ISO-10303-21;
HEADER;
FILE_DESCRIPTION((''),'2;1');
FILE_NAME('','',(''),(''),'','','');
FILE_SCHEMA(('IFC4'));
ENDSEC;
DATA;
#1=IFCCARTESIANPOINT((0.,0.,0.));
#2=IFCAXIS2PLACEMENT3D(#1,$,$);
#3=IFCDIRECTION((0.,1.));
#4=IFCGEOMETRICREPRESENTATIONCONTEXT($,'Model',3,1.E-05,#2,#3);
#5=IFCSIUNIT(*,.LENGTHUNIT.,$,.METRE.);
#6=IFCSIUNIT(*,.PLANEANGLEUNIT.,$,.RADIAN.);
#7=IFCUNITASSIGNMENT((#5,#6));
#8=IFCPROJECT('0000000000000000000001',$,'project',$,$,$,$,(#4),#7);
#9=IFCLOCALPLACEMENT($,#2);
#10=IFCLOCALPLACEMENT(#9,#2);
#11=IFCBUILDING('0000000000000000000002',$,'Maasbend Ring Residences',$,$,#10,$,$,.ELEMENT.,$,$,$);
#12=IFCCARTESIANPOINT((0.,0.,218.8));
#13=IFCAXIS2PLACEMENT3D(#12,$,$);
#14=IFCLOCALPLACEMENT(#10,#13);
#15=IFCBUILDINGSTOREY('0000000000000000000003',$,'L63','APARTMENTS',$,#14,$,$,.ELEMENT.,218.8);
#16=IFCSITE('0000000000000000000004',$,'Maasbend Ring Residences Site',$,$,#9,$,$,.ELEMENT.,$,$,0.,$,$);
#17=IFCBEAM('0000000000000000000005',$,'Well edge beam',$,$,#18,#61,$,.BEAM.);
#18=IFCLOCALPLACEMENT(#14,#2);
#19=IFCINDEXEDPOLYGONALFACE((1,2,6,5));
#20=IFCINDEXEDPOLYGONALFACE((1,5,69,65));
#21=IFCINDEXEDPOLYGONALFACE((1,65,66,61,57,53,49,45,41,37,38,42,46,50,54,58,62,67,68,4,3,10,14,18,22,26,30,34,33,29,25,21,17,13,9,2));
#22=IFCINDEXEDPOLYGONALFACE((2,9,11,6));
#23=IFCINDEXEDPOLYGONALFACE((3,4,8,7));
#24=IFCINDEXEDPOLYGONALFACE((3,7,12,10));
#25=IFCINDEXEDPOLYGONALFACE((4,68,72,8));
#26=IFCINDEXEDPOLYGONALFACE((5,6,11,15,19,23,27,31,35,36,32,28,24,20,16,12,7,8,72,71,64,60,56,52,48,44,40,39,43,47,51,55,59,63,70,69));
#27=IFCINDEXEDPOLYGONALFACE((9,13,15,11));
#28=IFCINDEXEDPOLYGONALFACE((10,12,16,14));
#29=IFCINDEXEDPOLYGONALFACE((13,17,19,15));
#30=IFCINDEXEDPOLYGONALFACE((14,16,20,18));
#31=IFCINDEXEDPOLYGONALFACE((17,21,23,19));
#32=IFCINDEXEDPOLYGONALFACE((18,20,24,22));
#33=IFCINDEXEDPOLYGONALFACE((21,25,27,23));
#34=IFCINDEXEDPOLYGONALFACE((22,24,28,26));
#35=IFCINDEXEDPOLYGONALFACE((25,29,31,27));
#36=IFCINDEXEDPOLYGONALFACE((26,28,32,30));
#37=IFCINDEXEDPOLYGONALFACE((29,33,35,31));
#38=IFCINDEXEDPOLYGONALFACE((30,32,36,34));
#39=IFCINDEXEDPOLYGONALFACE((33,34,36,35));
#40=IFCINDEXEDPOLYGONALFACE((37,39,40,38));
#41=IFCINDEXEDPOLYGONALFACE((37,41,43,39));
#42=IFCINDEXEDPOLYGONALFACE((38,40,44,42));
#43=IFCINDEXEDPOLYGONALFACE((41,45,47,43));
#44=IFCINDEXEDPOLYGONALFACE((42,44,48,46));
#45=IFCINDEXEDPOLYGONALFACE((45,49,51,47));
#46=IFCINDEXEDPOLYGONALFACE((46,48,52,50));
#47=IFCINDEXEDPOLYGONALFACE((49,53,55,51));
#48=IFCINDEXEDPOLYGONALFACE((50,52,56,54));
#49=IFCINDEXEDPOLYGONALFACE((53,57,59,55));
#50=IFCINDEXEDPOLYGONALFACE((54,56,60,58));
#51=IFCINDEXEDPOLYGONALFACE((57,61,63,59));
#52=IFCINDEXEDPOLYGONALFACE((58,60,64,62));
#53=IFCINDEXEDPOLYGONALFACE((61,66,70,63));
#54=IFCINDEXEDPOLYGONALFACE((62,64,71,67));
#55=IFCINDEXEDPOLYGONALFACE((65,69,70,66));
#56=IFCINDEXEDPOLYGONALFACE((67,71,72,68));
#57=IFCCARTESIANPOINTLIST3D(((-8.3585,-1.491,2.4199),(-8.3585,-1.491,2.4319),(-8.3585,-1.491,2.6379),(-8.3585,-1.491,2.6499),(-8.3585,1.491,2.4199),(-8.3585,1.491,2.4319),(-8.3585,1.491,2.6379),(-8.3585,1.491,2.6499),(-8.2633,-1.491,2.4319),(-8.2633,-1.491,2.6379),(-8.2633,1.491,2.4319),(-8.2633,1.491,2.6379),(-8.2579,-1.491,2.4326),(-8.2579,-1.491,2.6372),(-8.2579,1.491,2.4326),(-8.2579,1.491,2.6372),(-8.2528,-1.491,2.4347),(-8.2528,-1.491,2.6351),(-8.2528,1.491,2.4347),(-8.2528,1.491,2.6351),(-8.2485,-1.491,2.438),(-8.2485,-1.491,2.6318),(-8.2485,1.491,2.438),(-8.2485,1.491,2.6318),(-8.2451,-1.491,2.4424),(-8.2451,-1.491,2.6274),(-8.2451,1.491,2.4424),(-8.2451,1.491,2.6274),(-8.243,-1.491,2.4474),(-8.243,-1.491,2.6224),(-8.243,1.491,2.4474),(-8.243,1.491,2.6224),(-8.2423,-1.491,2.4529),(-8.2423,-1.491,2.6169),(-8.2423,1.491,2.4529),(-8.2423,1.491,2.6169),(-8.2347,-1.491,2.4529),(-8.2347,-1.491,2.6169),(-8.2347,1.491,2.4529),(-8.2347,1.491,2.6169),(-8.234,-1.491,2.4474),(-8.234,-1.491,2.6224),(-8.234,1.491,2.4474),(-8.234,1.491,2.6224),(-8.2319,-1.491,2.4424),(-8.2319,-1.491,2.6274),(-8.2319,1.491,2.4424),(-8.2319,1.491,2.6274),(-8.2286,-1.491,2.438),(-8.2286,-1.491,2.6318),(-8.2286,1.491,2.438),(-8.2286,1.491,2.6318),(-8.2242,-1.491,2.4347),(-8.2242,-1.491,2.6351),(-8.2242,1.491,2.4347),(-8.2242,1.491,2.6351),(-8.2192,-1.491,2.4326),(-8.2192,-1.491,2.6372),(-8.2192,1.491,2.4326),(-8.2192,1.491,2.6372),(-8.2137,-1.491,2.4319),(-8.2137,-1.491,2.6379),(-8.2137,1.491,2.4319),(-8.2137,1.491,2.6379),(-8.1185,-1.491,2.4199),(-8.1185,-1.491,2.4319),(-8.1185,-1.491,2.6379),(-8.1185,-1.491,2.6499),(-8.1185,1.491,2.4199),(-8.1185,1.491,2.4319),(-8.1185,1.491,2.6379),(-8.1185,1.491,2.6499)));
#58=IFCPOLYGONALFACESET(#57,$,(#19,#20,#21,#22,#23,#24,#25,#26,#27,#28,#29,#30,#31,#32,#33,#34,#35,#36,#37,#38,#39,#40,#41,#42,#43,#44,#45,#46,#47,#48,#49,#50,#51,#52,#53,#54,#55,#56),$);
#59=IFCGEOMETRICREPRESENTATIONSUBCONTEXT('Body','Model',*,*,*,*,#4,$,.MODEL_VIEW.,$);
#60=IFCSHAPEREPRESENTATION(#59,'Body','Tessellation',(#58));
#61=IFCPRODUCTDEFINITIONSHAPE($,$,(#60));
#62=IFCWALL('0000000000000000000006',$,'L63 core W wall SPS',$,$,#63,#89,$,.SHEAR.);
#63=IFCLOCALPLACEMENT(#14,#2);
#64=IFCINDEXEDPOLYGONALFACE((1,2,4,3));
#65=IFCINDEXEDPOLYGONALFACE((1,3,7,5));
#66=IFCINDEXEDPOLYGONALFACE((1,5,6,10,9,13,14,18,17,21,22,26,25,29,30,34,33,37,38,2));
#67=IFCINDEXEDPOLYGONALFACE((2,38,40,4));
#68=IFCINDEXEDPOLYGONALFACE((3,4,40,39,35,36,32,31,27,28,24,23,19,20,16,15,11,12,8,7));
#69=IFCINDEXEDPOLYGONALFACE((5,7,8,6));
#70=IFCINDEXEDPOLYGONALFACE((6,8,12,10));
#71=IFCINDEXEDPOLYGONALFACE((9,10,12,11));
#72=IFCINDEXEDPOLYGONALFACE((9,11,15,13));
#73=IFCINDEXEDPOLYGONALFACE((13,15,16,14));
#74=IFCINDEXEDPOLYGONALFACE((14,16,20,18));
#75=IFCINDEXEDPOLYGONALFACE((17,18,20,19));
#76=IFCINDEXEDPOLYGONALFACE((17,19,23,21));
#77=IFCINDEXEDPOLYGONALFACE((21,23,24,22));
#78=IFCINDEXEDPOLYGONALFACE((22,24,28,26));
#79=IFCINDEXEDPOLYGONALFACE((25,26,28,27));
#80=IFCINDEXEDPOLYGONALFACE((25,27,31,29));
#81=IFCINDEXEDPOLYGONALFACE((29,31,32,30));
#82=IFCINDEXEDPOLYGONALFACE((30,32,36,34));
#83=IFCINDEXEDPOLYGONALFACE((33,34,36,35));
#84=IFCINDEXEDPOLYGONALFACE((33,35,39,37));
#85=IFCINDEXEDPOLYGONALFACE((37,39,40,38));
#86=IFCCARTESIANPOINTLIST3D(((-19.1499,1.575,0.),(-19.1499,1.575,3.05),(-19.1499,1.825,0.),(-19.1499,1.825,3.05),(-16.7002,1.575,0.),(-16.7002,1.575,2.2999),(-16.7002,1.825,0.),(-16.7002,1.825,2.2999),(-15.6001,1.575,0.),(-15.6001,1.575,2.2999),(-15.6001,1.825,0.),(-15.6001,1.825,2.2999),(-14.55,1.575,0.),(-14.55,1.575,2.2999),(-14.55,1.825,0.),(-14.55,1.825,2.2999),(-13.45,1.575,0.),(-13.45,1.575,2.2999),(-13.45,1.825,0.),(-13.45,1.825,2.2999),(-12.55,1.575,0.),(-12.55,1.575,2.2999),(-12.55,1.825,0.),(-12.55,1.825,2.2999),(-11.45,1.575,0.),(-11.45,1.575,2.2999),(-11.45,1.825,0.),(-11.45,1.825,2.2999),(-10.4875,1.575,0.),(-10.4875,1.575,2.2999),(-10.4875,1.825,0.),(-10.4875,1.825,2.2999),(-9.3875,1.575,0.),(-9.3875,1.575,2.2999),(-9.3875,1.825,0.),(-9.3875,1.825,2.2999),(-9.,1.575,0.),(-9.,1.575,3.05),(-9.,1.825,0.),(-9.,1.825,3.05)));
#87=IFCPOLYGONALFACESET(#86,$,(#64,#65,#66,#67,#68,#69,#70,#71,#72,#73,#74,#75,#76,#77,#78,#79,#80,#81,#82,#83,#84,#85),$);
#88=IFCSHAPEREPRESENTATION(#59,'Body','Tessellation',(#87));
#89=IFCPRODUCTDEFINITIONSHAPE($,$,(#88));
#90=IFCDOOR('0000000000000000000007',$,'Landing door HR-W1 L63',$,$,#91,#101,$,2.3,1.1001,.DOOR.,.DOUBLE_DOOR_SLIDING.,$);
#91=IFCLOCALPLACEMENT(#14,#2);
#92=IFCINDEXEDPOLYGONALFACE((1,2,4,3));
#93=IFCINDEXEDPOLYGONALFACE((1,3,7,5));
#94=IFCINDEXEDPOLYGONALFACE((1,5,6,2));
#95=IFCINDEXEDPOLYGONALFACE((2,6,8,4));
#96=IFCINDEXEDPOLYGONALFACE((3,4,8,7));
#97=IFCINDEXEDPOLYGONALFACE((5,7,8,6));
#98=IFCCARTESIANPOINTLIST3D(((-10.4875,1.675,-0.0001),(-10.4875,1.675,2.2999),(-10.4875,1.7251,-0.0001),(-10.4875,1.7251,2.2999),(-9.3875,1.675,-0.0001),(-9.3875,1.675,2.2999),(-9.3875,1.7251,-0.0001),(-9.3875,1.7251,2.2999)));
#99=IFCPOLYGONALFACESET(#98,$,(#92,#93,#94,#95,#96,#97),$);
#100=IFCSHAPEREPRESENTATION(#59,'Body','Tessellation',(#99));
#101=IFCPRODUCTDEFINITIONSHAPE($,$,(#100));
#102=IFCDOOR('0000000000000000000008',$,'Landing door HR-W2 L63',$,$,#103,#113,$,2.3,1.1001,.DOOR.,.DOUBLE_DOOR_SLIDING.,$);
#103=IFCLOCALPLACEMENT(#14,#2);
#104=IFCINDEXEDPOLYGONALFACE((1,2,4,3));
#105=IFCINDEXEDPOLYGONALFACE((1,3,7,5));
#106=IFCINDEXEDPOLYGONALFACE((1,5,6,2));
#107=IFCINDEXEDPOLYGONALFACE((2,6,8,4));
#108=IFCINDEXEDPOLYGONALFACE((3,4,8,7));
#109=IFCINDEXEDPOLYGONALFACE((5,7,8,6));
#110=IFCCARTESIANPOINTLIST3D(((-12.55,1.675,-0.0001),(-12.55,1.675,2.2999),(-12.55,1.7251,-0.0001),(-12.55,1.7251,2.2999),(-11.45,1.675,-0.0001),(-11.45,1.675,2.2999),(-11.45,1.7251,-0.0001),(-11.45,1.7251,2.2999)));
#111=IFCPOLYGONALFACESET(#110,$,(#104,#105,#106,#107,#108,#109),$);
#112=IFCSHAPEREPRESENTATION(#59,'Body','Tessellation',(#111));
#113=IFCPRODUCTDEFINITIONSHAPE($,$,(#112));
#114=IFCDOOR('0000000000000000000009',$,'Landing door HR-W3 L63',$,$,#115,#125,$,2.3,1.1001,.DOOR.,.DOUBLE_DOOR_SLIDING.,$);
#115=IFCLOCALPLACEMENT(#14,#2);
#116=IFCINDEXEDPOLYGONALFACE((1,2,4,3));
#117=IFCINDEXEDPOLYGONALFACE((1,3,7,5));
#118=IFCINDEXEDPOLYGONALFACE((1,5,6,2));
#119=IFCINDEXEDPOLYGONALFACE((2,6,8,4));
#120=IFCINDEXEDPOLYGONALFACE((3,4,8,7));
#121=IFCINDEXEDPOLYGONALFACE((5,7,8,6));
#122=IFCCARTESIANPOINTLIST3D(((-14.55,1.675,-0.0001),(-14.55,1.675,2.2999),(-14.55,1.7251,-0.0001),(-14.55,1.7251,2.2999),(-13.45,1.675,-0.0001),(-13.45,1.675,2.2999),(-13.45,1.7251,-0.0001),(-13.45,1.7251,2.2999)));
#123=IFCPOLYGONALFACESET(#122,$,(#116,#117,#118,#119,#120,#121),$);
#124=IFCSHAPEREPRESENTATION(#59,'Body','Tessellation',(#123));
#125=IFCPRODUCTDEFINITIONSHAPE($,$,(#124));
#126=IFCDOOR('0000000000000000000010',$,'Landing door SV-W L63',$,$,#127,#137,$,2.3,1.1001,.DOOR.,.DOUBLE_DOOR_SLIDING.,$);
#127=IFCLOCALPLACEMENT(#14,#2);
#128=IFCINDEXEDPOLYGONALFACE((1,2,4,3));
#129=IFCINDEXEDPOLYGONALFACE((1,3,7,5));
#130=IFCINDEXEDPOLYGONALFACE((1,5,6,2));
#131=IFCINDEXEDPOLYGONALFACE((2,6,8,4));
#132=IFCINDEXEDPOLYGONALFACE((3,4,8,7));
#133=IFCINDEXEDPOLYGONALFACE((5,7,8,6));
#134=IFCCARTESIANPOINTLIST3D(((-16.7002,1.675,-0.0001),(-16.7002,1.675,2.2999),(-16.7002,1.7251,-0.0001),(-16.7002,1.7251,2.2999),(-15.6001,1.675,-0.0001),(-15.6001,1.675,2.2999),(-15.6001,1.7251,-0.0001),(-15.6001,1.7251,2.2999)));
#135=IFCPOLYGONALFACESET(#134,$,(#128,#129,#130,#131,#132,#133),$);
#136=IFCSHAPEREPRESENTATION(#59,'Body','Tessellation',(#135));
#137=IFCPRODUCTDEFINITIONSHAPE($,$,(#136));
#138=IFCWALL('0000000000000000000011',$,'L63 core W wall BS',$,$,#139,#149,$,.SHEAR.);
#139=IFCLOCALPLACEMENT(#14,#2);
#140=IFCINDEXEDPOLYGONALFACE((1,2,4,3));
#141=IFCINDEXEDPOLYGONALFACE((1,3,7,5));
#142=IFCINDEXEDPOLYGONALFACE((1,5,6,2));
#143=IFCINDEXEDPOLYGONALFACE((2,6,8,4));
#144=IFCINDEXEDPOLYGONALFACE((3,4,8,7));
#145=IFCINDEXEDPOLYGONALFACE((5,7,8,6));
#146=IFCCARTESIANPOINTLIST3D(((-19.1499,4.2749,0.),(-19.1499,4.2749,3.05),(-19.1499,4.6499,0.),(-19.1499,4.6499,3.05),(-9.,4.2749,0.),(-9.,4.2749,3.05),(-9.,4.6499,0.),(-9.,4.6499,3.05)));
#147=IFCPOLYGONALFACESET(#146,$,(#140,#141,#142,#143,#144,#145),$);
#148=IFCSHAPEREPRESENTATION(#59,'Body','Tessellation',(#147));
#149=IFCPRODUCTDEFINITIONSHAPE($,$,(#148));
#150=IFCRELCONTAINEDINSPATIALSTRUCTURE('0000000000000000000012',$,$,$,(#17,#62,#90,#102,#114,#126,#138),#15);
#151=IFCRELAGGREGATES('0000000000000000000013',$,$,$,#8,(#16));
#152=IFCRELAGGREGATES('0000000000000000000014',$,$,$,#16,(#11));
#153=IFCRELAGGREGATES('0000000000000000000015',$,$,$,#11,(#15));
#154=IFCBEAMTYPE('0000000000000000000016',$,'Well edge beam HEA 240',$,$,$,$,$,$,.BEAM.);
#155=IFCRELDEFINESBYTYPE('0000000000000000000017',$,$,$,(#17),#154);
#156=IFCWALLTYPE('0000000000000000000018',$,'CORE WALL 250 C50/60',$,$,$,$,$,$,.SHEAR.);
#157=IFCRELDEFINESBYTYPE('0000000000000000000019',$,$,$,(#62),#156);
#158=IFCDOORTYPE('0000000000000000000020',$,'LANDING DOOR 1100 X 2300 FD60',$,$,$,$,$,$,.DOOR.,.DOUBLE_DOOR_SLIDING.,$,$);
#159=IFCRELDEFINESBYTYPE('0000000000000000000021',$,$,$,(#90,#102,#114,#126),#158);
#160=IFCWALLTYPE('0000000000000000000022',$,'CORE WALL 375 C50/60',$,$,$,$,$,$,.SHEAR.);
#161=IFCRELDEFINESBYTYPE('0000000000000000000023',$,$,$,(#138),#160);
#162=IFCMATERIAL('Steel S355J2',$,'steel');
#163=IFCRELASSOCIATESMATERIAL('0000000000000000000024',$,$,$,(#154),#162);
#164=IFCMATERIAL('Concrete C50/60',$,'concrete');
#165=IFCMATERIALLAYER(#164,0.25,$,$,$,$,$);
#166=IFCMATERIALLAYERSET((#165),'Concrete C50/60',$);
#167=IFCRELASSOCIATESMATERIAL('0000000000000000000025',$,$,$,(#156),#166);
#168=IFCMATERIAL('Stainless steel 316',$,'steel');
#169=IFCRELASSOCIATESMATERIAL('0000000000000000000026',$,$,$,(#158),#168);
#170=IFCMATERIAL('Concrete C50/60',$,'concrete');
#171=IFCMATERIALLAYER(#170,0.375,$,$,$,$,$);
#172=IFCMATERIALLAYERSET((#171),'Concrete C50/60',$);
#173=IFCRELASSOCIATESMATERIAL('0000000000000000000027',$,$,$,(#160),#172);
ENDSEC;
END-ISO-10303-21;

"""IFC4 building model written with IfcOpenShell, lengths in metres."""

from ifc_helpers import new_model, si_unit, direction, frame, frame_2d, origin, origin_2d, place, context, subcontext, project, spatial, rectangle, i_section, extrude, material, layer, layer_set, material_profile, profile_set, type_object, element, fill, save


model = new_model("IFC4")

# Units and contexts
model_context = context("Model", 3, precision=1e-05, world=origin(), true_north=direction((0.0, 1.0)))
body_context = subcontext(model_context, "Body", "Model", "MODEL_VIEW")
ifc_project = project(units=[si_unit("LENGTHUNIT", "METRE"), si_unit("PLANEANGLEUNIT", "RADIAN")], contexts=[model_context])

# Site, building, storey
site_placement = place(None, origin())
site = spatial("IfcSite", under=ifc_project, at=site_placement, Name="Maasbend Ring Residences Site", CompositionType="ELEMENT", RefElevation=0.0)
building_placement = place(site_placement, origin())
building = spatial("IfcBuilding", under=site, at=building_placement, Name="Maasbend Ring Residences", CompositionType="ELEMENT")
storey_placement = place(building_placement, frame((0.0, 0.0, 218.8)))
storey = spatial("IfcBuildingStorey", under=building, at=storey_placement, Name="L63", Description="APARTMENTS", CompositionType="ELEMENT", Elevation=218.8)

# Beam
ifc_material_1 = material(Name="Steel S355J2", Category="steel")
ifc_material_profile = material_profile(ifc_material_1, i_section(OverallWidth=0.24, OverallDepth=0.23, WebThickness=0.0076, FlangeThickness=0.012, FilletRadius=0.021, at=origin_2d()), Name="HEA 240")
ifc_profile_set = profile_set([ifc_material_profile], Name="Steel S355J2")
beam_type = type_object("IfcBeamType", Name="Well edge beam HEA 240", PredefinedType="BEAM", material=ifc_profile_set)
beam_placement = place(storey_placement, frame((-8.2385, 1.491, 2.5349), z_axis=(0.0, -1.0, 0.0), x_axis=(1.0, 0.0, 0.0)))
element("IfcBeam", 1, at=beam_placement, inside=storey, type_object=beam_type, Name="Well edge beam", PredefinedType="BEAM", context=body_context, shape_type="SweptSolid", body=[
    extrude(i_section(OverallWidth=0.24, OverallDepth=0.23, WebThickness=0.0076, FlangeThickness=0.012, FilletRadius=0.021, at=origin_2d()), origin(), (0.0, 0.0, 1.0), 2.9819),
])

# Wall, openings, doors
ifc_material_2 = material(Name="Concrete C50/60", Category="concrete")
ifc_layer_1 = layer(ifc_material_2, 0.25)
ifc_layer_set_1 = layer_set([ifc_layer_1], Name="Concrete C50/60")
wall_type_1 = type_object("IfcWallType", Name="CORE WALL 250 C50/60", PredefinedType="SHEAR", material=ifc_layer_set_1)
wall_1_placement = place(storey_placement, frame((-9.0, 1.7, 0.0), z_axis=(0.0, 0.0, 1.0), x_axis=(-1.0, 0.0, 0.0)))
wall_1 = element("IfcWall", 2, at=wall_1_placement, inside=storey, type_object=wall_type_1, Name="L63 core W wall SPS", PredefinedType="SHEAR", context=body_context, shape_type="SweptSolid", body=[
    extrude(rectangle(XDim=10.1499, YDim=0.25, at=frame_2d((5.075, 0.0))), origin(), (0.0, 0.0, 1.0), 3.05),
])
opening_1_placement = place(wall_1_placement, frame((0.3875, 0.0, 0.0)))
opening_1 = element("IfcOpeningElement", 3, at=opening_1_placement, cuts=wall_1, PredefinedType="OPENING", context=body_context, shape_type="SweptSolid", body=[
    extrude(rectangle(XDim=1.1001, YDim=2.3, at=frame_2d((0.55, 1.1499))), frame((0.0, 0.135, 0.0), z_axis=(0.0, -1.0, 0.0), x_axis=(1.0, 0.0, 0.0)), (0.0, 0.0, 1.0), 0.27),
])
opening_2_placement = place(wall_1_placement, frame((2.45, 0.0, 0.0)))
opening_2 = element("IfcOpeningElement", 4, at=opening_2_placement, cuts=wall_1, PredefinedType="OPENING", context=body_context, shape_type="SweptSolid", body=[
    extrude(rectangle(XDim=1.1001, YDim=2.3, at=frame_2d((0.55, 1.1499))), frame((0.0, 0.135, 0.0), z_axis=(0.0, -1.0, 0.0), x_axis=(1.0, 0.0, 0.0)), (0.0, 0.0, 1.0), 0.27),
])
opening_3_placement = place(wall_1_placement, frame((4.45, 0.0, 0.0)))
opening_3 = element("IfcOpeningElement", 5, at=opening_3_placement, cuts=wall_1, PredefinedType="OPENING", context=body_context, shape_type="SweptSolid", body=[
    extrude(rectangle(XDim=1.1001, YDim=2.3, at=frame_2d((0.55, 1.1499))), frame((0.0, 0.135, 0.0), z_axis=(0.0, -1.0, 0.0), x_axis=(1.0, 0.0, 0.0)), (0.0, 0.0, 1.0), 0.27),
])
opening_4_placement = place(wall_1_placement, frame((6.6001, 0.0, 0.0)))
opening_4 = element("IfcOpeningElement", 6, at=opening_4_placement, cuts=wall_1, PredefinedType="OPENING", context=body_context, shape_type="SweptSolid", body=[
    extrude(rectangle(XDim=1.1001, YDim=2.3, at=frame_2d((0.55, 1.1499))), frame((0.0, 0.135, 0.0), z_axis=(0.0, -1.0, 0.0), x_axis=(1.0, 0.0, 0.0)), (0.0, 0.0, 1.0), 0.27),
])
ifc_material_3 = material(Name="Stainless steel 316", Category="steel")
door_type_1 = type_object("IfcDoorType", Name="LANDING DOOR 1100 X 2300 FD60", OperationType="DOUBLE_DOOR_SLIDING", PredefinedType="DOOR", material=ifc_material_3)
door_1_placement = place(opening_1_placement, origin())
door_1 = element("IfcDoor", 7, at=door_1_placement, inside=storey, type_object=door_type_1, Name="Landing door HR-W1 L63", OperationType="DOUBLE_DOOR_SLIDING", OverallHeight=2.3, OverallWidth=1.1001, PredefinedType="DOOR", context=body_context, shape_type="SweptSolid", body=[
    extrude(rectangle(XDim=1.1001, YDim=2.3, at=frame_2d((0.55, 1.1499))), frame((0.0, 0.0249, 0.0), z_axis=(0.0, -1.0, 0.0), x_axis=(1.0, 0.0, 0.0)), (0.0, 0.0, 1.0), 0.05),
])
fill(opening_1, door_1)
door_2_placement = place(opening_2_placement, origin())
door_2 = element("IfcDoor", 8, at=door_2_placement, inside=storey, type_object=door_type_1, Name="Landing door HR-W2 L63", OperationType="DOUBLE_DOOR_SLIDING", OverallHeight=2.3, OverallWidth=1.1001, PredefinedType="DOOR", context=body_context, shape_type="SweptSolid", body=[
    extrude(rectangle(XDim=1.1001, YDim=2.3, at=frame_2d((0.55, 1.1499))), frame((0.0, 0.0249, 0.0), z_axis=(0.0, -1.0, 0.0), x_axis=(1.0, 0.0, 0.0)), (0.0, 0.0, 1.0), 0.05),
])
fill(opening_2, door_2)
door_3_placement = place(opening_3_placement, origin())
door_3 = element("IfcDoor", 9, at=door_3_placement, inside=storey, type_object=door_type_1, Name="Landing door HR-W3 L63", OperationType="DOUBLE_DOOR_SLIDING", OverallHeight=2.3, OverallWidth=1.1001, PredefinedType="DOOR", context=body_context, shape_type="SweptSolid", body=[
    extrude(rectangle(XDim=1.1001, YDim=2.3, at=frame_2d((0.55, 1.1499))), frame((0.0, 0.0249, 0.0), z_axis=(0.0, -1.0, 0.0), x_axis=(1.0, 0.0, 0.0)), (0.0, 0.0, 1.0), 0.05),
])
fill(opening_3, door_3)
door_4_placement = place(opening_4_placement, origin())
door_4 = element("IfcDoor", 10, at=door_4_placement, inside=storey, type_object=door_type_1, Name="Landing door SV-W L63", OperationType="DOUBLE_DOOR_SLIDING", OverallHeight=2.3, OverallWidth=1.1001, PredefinedType="DOOR", context=body_context, shape_type="SweptSolid", body=[
    extrude(rectangle(XDim=1.1001, YDim=2.3, at=frame_2d((0.55, 1.1499))), frame((0.0, 0.0249, 0.0), z_axis=(0.0, -1.0, 0.0), x_axis=(1.0, 0.0, 0.0)), (0.0, 0.0, 1.0), 0.05),
])
fill(opening_4, door_4)

# Wall
ifc_material_4 = material(Name="Concrete C50/60", Category="concrete")
ifc_layer_2 = layer(ifc_material_4, 0.375)
ifc_layer_set_2 = layer_set([ifc_layer_2], Name="Concrete C50/60")
wall_type_2 = type_object("IfcWallType", Name="CORE WALL 375 C50/60", PredefinedType="SHEAR", material=ifc_layer_set_2)
wall_2_placement = place(storey_placement, frame((-9.0, 4.4624, 0.0), z_axis=(0.0, 0.0, 1.0), x_axis=(-1.0, 0.0, 0.0)))
element("IfcWall", 11, at=wall_2_placement, inside=storey, type_object=wall_type_2, Name="L63 core W wall BS", PredefinedType="SHEAR", context=body_context, shape_type="SweptSolid", body=[
    extrude(rectangle(XDim=10.1499, YDim=0.375, at=frame_2d((5.075, 0.0))), origin(), (0.0, 0.0, 1.0), 3.05),
])

save(model, "model.ifc")
